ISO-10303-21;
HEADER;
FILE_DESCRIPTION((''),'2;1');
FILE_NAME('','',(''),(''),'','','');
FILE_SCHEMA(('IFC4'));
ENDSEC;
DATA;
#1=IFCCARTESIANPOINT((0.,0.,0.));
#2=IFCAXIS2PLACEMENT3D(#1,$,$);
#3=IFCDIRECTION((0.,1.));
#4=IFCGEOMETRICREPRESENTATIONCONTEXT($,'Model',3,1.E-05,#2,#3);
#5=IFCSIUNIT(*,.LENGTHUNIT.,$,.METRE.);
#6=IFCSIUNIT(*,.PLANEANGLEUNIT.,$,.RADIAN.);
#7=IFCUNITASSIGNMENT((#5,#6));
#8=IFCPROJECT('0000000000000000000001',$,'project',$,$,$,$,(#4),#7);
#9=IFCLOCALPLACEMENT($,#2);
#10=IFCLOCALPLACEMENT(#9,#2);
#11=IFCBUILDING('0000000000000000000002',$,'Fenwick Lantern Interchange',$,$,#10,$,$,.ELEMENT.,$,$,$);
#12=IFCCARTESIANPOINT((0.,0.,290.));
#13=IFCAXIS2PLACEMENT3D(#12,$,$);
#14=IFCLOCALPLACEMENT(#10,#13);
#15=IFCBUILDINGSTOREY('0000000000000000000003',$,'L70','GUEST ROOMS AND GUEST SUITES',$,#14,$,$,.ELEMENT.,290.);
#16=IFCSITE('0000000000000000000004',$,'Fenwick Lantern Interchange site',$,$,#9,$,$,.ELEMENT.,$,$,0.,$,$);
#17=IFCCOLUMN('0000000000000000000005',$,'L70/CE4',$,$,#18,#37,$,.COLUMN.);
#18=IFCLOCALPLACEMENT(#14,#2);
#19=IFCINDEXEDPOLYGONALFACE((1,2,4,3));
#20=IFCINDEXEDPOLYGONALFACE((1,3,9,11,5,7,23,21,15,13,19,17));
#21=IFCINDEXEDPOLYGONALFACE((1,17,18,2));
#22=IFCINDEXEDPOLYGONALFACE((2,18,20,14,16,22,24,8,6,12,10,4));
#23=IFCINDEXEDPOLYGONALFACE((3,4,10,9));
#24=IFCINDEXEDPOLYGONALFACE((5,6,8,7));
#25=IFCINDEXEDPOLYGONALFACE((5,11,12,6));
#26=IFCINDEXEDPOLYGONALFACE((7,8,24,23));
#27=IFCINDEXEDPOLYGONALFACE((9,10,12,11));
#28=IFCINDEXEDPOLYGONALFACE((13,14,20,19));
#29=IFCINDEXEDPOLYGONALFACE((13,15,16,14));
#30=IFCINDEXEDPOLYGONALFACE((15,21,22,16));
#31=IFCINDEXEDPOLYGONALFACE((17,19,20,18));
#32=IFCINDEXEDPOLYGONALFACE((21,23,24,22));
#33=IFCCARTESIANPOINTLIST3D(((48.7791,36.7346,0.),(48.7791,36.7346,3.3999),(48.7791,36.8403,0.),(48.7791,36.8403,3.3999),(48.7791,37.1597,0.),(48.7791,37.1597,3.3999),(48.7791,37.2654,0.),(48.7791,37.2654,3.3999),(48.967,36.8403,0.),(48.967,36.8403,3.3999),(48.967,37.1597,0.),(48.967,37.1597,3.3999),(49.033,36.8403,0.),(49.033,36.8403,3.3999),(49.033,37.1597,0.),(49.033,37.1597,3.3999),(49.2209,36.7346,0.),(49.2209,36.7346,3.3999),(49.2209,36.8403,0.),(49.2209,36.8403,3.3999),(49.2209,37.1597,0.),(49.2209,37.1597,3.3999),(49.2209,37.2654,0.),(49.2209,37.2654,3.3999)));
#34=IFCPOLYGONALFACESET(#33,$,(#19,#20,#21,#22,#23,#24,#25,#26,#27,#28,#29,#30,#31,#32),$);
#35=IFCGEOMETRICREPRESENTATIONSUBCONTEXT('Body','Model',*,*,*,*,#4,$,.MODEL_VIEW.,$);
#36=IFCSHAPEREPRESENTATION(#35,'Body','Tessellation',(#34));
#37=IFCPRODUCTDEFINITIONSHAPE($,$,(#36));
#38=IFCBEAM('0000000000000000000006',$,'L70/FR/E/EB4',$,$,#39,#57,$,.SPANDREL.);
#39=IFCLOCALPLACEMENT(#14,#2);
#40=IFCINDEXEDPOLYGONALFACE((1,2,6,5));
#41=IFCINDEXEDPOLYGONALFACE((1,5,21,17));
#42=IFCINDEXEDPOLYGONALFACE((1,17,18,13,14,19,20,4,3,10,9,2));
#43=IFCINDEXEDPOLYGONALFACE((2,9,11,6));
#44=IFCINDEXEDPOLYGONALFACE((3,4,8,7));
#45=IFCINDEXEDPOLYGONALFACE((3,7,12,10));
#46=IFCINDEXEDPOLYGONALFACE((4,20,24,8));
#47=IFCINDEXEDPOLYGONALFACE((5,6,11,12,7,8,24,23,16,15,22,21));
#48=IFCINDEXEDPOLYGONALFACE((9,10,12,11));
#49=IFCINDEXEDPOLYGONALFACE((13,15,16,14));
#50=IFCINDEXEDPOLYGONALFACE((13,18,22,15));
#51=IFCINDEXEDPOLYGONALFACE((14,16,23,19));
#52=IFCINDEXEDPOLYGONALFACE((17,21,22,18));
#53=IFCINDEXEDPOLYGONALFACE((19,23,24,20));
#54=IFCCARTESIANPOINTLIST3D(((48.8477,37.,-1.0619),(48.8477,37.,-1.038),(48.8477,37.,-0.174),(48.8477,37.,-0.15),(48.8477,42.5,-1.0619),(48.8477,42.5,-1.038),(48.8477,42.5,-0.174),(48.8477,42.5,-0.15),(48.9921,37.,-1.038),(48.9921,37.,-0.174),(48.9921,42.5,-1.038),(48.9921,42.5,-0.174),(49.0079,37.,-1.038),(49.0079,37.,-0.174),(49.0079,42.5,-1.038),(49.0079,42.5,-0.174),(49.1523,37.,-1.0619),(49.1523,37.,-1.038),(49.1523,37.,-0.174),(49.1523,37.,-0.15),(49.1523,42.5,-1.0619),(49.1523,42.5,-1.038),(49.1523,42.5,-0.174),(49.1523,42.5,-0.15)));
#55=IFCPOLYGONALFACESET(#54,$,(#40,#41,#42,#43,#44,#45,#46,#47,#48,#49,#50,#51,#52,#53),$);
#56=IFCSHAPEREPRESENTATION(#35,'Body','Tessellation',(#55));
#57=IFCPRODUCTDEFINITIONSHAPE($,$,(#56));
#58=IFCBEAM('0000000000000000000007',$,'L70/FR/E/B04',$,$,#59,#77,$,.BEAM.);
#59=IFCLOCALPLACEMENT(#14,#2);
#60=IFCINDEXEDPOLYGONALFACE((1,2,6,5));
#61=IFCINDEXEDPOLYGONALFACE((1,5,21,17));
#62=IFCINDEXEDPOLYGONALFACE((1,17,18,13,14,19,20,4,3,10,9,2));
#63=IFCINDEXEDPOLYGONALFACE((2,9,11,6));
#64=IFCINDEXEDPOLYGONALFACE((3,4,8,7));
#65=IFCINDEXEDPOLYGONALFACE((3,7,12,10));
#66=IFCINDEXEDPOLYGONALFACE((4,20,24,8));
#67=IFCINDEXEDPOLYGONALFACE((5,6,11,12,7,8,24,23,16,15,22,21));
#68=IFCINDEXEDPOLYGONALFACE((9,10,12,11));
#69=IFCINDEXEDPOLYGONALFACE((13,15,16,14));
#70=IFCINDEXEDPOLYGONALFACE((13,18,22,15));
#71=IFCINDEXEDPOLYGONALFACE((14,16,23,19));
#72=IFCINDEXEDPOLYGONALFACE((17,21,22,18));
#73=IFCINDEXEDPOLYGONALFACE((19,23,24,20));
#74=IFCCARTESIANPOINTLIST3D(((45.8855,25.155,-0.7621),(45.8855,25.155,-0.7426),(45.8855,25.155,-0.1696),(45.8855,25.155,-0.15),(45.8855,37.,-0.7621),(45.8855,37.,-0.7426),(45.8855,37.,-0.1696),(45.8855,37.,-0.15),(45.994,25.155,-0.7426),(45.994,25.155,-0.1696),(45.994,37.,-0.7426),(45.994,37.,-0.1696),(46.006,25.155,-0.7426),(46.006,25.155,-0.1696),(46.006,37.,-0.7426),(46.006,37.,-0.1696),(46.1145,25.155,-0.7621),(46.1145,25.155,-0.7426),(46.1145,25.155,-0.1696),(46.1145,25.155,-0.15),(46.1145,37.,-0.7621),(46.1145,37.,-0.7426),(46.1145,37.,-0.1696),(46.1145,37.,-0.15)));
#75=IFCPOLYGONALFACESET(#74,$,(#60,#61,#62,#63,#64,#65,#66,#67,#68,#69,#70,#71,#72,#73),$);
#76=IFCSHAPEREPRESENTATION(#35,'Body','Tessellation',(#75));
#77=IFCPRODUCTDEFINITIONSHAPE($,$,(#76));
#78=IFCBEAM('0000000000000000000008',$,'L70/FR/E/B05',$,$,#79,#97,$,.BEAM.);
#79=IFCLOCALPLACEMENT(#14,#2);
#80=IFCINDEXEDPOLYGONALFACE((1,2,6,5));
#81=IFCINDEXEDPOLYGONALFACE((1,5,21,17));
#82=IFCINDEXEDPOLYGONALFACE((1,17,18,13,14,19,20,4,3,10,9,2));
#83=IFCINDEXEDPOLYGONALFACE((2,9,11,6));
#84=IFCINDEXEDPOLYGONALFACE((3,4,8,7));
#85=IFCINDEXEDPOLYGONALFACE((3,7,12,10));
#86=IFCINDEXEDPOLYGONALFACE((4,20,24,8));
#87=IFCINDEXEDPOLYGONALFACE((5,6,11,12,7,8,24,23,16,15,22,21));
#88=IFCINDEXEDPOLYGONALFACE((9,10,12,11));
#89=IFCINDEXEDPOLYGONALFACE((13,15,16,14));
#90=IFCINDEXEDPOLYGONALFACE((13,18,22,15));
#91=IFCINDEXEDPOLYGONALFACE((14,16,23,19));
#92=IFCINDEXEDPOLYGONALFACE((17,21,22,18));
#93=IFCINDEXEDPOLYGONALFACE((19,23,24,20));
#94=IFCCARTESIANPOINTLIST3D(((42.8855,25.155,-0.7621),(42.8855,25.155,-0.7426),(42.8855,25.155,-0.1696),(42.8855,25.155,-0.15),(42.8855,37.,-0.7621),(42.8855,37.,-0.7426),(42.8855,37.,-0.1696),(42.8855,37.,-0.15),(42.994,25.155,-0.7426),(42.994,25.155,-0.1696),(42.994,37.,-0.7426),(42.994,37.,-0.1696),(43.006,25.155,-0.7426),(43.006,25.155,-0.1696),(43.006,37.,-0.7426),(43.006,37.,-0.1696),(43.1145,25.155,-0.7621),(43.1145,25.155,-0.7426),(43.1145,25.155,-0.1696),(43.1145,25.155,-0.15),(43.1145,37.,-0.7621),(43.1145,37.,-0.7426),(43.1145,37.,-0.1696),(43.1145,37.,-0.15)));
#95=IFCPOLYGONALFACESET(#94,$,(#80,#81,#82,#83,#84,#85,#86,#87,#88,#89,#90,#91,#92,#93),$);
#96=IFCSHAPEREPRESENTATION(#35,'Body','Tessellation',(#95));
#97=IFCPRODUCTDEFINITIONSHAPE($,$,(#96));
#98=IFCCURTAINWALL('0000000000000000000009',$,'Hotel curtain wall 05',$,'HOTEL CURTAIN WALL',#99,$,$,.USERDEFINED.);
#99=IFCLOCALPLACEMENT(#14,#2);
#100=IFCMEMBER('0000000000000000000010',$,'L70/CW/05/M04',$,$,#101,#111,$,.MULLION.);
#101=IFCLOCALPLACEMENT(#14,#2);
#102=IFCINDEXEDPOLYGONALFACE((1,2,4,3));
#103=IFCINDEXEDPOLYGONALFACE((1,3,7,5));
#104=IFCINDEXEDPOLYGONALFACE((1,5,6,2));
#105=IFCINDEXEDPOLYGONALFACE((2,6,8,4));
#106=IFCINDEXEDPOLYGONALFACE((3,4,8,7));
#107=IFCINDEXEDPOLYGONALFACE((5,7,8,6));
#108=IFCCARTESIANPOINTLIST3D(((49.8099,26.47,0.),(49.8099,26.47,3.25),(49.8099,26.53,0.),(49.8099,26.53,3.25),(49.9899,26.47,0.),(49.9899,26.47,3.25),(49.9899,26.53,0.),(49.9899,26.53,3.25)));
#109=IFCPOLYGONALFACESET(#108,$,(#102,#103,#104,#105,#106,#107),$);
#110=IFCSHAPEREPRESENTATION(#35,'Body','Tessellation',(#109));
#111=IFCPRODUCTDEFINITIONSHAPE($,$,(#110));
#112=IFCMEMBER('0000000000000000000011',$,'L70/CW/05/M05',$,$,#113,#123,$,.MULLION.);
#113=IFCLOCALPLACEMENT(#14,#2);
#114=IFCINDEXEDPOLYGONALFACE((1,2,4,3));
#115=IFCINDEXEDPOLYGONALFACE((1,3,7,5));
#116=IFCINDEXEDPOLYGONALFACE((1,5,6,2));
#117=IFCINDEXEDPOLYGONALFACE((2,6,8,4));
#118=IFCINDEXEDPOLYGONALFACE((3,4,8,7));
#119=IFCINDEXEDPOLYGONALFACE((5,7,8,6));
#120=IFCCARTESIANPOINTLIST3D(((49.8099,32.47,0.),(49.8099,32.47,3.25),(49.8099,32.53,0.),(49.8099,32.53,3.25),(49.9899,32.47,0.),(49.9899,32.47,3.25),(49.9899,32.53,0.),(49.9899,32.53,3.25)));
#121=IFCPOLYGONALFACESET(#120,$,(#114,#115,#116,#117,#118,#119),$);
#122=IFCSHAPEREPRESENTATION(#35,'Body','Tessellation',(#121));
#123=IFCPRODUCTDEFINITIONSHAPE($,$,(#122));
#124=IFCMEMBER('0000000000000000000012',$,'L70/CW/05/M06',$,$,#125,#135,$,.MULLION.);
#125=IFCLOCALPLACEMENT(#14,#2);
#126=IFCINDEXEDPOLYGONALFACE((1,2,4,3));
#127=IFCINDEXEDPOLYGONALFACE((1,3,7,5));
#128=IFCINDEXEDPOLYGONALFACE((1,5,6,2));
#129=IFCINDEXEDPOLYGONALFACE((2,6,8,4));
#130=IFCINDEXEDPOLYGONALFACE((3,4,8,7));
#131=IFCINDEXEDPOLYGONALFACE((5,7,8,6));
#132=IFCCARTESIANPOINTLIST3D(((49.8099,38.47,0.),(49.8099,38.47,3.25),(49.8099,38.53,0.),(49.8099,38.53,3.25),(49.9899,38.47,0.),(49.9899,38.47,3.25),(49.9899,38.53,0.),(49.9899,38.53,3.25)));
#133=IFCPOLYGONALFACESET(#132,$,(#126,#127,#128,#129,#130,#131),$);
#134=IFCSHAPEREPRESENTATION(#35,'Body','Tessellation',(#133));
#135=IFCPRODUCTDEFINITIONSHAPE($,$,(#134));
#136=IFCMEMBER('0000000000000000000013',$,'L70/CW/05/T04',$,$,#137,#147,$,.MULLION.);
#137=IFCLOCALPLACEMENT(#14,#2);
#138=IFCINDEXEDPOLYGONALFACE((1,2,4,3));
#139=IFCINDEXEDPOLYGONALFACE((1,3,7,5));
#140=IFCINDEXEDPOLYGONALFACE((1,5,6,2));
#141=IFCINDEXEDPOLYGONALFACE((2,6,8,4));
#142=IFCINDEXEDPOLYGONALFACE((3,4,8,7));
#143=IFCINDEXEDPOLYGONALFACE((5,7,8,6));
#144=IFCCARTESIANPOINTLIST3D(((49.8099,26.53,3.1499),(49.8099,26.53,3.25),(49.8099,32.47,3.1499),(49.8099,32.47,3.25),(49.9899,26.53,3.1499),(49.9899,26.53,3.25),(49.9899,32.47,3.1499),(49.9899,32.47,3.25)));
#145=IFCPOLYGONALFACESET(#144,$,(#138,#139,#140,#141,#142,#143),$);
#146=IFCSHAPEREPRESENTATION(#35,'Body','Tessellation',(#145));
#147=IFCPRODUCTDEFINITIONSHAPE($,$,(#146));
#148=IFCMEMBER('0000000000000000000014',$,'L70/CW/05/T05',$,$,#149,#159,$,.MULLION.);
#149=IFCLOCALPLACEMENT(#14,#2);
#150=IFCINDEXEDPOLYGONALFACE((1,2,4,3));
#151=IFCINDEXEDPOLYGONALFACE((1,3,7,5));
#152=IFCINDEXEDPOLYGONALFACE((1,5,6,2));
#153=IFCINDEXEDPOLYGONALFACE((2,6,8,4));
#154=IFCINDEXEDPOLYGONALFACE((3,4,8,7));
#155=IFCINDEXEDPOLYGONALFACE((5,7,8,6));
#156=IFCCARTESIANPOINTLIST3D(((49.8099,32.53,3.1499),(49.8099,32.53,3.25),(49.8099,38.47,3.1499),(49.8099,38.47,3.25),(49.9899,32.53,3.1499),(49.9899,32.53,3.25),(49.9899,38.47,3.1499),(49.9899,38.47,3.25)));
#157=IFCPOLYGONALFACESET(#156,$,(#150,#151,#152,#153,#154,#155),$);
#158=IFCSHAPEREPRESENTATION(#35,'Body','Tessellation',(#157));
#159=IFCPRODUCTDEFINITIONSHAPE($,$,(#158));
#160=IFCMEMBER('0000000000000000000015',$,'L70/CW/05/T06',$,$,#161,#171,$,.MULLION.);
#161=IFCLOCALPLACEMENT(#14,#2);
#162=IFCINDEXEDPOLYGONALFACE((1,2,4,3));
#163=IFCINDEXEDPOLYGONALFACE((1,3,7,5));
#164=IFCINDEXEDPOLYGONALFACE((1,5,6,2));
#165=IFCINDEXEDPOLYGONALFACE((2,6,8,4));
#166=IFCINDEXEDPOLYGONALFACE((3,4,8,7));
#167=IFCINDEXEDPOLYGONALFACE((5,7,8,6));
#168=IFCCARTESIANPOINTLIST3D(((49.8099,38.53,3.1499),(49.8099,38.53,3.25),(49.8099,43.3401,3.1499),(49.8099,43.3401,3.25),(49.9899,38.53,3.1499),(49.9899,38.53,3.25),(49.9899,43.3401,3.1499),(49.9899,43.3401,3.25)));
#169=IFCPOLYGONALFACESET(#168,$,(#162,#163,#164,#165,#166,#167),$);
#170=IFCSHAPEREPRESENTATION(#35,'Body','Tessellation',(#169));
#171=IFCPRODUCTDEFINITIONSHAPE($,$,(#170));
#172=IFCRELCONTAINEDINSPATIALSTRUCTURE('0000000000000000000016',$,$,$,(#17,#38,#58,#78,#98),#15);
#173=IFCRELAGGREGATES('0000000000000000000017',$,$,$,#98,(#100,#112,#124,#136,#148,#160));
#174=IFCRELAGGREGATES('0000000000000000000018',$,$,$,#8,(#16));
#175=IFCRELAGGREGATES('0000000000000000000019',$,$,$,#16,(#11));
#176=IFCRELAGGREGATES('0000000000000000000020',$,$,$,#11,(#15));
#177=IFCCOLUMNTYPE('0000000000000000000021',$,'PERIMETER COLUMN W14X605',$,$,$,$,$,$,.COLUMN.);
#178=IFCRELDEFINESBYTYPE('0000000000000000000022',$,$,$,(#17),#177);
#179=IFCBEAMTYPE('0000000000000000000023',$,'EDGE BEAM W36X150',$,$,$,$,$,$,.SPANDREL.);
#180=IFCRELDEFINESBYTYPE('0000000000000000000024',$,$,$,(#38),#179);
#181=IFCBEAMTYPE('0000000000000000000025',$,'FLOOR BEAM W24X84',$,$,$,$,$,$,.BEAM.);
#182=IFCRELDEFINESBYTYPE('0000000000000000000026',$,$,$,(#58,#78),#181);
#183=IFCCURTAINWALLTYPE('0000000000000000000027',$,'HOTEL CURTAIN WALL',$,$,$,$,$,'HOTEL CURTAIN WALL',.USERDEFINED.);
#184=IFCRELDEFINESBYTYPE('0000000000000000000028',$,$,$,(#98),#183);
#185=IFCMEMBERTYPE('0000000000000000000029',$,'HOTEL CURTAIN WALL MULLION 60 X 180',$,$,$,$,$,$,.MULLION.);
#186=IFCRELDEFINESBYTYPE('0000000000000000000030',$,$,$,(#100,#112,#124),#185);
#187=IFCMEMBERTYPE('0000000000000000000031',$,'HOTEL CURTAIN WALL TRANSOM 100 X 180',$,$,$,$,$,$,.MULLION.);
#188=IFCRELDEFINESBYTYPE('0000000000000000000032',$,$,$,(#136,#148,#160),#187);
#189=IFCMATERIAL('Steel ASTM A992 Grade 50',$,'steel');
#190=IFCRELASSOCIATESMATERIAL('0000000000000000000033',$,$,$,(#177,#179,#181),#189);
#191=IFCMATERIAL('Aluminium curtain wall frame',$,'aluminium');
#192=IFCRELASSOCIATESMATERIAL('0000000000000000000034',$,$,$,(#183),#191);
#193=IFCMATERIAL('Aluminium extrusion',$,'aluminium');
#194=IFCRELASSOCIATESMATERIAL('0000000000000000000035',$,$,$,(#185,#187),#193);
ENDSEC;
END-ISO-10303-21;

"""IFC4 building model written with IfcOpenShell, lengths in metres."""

from ifc_helpers import new_model, si_unit, direction, frame, origin, origin_2d, place, context, subcontext, project, spatial, rectangle, i_section, extrude, material, material_profile, profile_set, type_object, element, aggregate, save


model = new_model("IFC4")

# Units and contexts
model_context = context("Model", 3, precision=1e-05, world=origin(), true_north=direction((0.0, 1.0)))
body_context = subcontext(model_context, "Body", "Model", "MODEL_VIEW")
ifc_project = project(units=[si_unit("LENGTHUNIT", "METRE"), si_unit("PLANEANGLEUNIT", "RADIAN")], contexts=[model_context])

# Site, building, storey
site_placement = place(None, origin())
site = spatial("IfcSite", under=ifc_project, at=site_placement, Name="Fenwick Lantern Interchange site", CompositionType="ELEMENT", RefElevation=0.0)
building_placement = place(site_placement, origin())
building = spatial("IfcBuilding", under=site, at=building_placement, Name="Fenwick Lantern Interchange", CompositionType="ELEMENT")
storey_placement = place(building_placement, frame((0.0, 0.0, 290.0)))
storey = spatial("IfcBuildingStorey", under=building, at=storey_placement, Name="L70", Description="GUEST ROOMS AND GUEST SUITES", CompositionType="ELEMENT", Elevation=290.0)

# Column
ifc_material_1 = material(Name="Steel ASTM A992 Grade 50", Category="steel")
ifc_material_profile_1 = material_profile(ifc_material_1, i_section(OverallWidth=0.4419, OverallDepth=0.5308, WebThickness=0.0659, FlangeThickness=0.1057, at=origin_2d()), Name="W14X605")
ifc_profile_set_1 = profile_set([ifc_material_profile_1], Name="Steel ASTM A992 Grade 50")
column_type = type_object("IfcColumnType", Name="PERIMETER COLUMN W14X605", PredefinedType="COLUMN", material=ifc_profile_set_1)
column_placement = place(storey_placement, frame((49.0, 37.0, 0.0), z_axis=(0.0, 0.0, 1.0), x_axis=(1.0, 0.0, 0.0)))
element("IfcColumn", 1, at=column_placement, inside=storey, type_object=column_type, Name="L70/CE4", PredefinedType="COLUMN", context=body_context, shape_type="SweptSolid", body=[
    extrude(i_section(OverallWidth=0.4419, OverallDepth=0.5308, WebThickness=0.0659, FlangeThickness=0.1057, at=origin_2d()), origin(), (0.0, 0.0, 1.0), 3.3999),
])

# Beams
ifc_material_profile_2 = material_profile(ifc_material_1, i_section(OverallWidth=0.3047, OverallDepth=0.9119, WebThickness=0.0159, FlangeThickness=0.0239, at=origin_2d()), Name="W36X150")
ifc_profile_set_2 = profile_set([ifc_material_profile_2], Name="Steel ASTM A992 Grade 50")
beam_type_1 = type_object("IfcBeamType", Name="EDGE BEAM W36X150", PredefinedType="SPANDREL", material=ifc_profile_set_2)
beam_1_placement = place(storey_placement, frame((49.0, 37.0, -0.606), z_axis=(0.0, 1.0, 0.0), x_axis=(-1.0, 0.0, 0.0)))
element("IfcBeam", 2, at=beam_1_placement, inside=storey, type_object=beam_type_1, Name="L70/FR/E/EB4", PredefinedType="SPANDREL", context=body_context, shape_type="SweptSolid", body=[
    extrude(i_section(OverallWidth=0.3047, OverallDepth=0.9119, WebThickness=0.0159, FlangeThickness=0.0239, at=origin_2d()), origin(), (0.0, 0.0, 1.0), 5.5),
])
ifc_material_profile_3 = material_profile(ifc_material_1, i_section(OverallWidth=0.229, OverallDepth=0.6121, WebThickness=0.012, FlangeThickness=0.0195, at=origin_2d()), Name="W24X84")
ifc_profile_set_3 = profile_set([ifc_material_profile_3], Name="Steel ASTM A992 Grade 50")
beam_type_2 = type_object("IfcBeamType", Name="FLOOR BEAM W24X84", PredefinedType="BEAM", material=ifc_profile_set_3)
for number, where, z_axis, x_axis, name in (
    (3, (46.0, 25.155, -0.4561), (0.0, 1.0, 0.0), (-1.0, 0.0, 0.0), "L70/FR/E/B04"),
    (4, (43.0, 25.155, -0.4561), (0.0, 1.0, 0.0), (-1.0, 0.0, 0.0), "L70/FR/E/B05"),
):
    element("IfcBeam", number, at=place(storey_placement, frame(where, z_axis=z_axis, x_axis=x_axis)), inside=storey, type_object=beam_type_2, Name=name, PredefinedType="BEAM", context=body_context, shape_type="SweptSolid", body=[
        extrude(i_section(OverallWidth=0.229, OverallDepth=0.6121, WebThickness=0.012, FlangeThickness=0.0195, at=origin_2d()), origin(), (0.0, 0.0, 1.0), 11.845),
    ])

# Curtain wall, members
ifc_material_2 = material(Name="Aluminium curtain wall frame", Category="aluminium")
curtain_wall_type = type_object("IfcCurtainWallType", Name="HOTEL CURTAIN WALL", ElementType="HOTEL CURTAIN WALL", PredefinedType="USERDEFINED", material=ifc_material_2)
curtain_wall_placement = place(storey_placement, origin())
curtain_wall = element("IfcCurtainWall", 5, at=curtain_wall_placement, inside=storey, type_object=curtain_wall_type, Name="Hotel curtain wall 05", ObjectType="HOTEL CURTAIN WALL", PredefinedType="USERDEFINED")
ifc_material_3 = material(Name="Aluminium extrusion", Category="aluminium")
ifc_material_profile_4 = material_profile(ifc_material_3, rectangle(XDim=0.1799, YDim=0.0601, at=origin_2d()), Name="HOTEL CURTAIN WALL MULLION 60 X 180")
ifc_profile_set_4 = profile_set([ifc_material_profile_4], Name="Aluminium extrusion")
member_type_1 = type_object("IfcMemberType", Name="HOTEL CURTAIN WALL MULLION 60 X 180", PredefinedType="MULLION", material=ifc_profile_set_4)
member_1_placement = place(storey_placement, frame((49.8999, 26.5, 0.0), z_axis=(0.0, 0.0, 1.0), x_axis=(-1.0, 0.0, 0.0)))
member_1 = element("IfcMember", 6, at=member_1_placement, type_object=member_type_1, Name="L70/CW/05/M04", PredefinedType="MULLION", context=body_context, shape_type="SweptSolid", body=[
    extrude(rectangle(XDim=0.1799, YDim=0.0601, at=origin_2d()), origin(), (0.0, 0.0, 1.0), 3.25),
])
member_2_placement = place(storey_placement, frame((49.8999, 32.5, 0.0), z_axis=(0.0, 0.0, 1.0), x_axis=(-1.0, 0.0, 0.0)))
member_2 = element("IfcMember", 7, at=member_2_placement, type_object=member_type_1, Name="L70/CW/05/M05", PredefinedType="MULLION", context=body_context, shape_type="SweptSolid", body=[
    extrude(rectangle(XDim=0.1799, YDim=0.0601, at=origin_2d()), origin(), (0.0, 0.0, 1.0), 3.25),
])
member_3_placement = place(storey_placement, frame((49.8999, 38.5, 0.0), z_axis=(0.0, 0.0, 1.0), x_axis=(-1.0, 0.0, 0.0)))
member_3 = element("IfcMember", 8, at=member_3_placement, type_object=member_type_1, Name="L70/CW/05/M06", PredefinedType="MULLION", context=body_context, shape_type="SweptSolid", body=[
    extrude(rectangle(XDim=0.1799, YDim=0.0601, at=origin_2d()), origin(), (0.0, 0.0, 1.0), 3.25),
])
ifc_material_profile_5 = material_profile(ifc_material_3, rectangle(XDim=0.1799, YDim=0.1001, at=origin_2d()), Name="HOTEL CURTAIN WALL TRANSOM 100 X 180")
ifc_profile_set_5 = profile_set([ifc_material_profile_5], Name="Aluminium extrusion")
member_type_2 = type_object("IfcMemberType", Name="HOTEL CURTAIN WALL TRANSOM 100 X 180", PredefinedType="MULLION", material=ifc_profile_set_5)
member_4_placement = place(storey_placement, frame((49.8999, 26.53, 3.2), z_axis=(0.0, 1.0, 0.0), x_axis=(-1.0, 0.0, 0.0)))
member_4 = element("IfcMember", 9, at=member_4_placement, type_object=member_type_2, Name="L70/CW/05/T04", PredefinedType="MULLION", context=body_context, shape_type="SweptSolid", body=[
    extrude(rectangle(XDim=0.1799, YDim=0.1001, at=origin_2d()), origin(), (0.0, 0.0, 1.0), 5.9399),
])
member_5_placement = place(storey_placement, frame((49.8999, 32.53, 3.2), z_axis=(0.0, 1.0, 0.0), x_axis=(-1.0, 0.0, 0.0)))
member_5 = element("IfcMember", 10, at=member_5_placement, type_object=member_type_2, Name="L70/CW/05/T05", PredefinedType="MULLION", context=body_context, shape_type="SweptSolid", body=[
    extrude(rectangle(XDim=0.1799, YDim=0.1001, at=origin_2d()), origin(), (0.0, 0.0, 1.0), 5.9399),
])
member_6_placement = place(storey_placement, frame((49.8999, 38.53, 3.2), z_axis=(0.0, 1.0, 0.0), x_axis=(-1.0, 0.0, 0.0)))
member_6 = element("IfcMember", 11, at=member_6_placement, type_object=member_type_2, Name="L70/CW/05/T06", PredefinedType="MULLION", context=body_context, shape_type="SweptSolid", body=[
    extrude(rectangle(XDim=0.1799, YDim=0.1001, at=origin_2d()), origin(), (0.0, 0.0, 1.0), 4.8101),
])
aggregate(curtain_wall, [member_1, member_2, member_3, member_4, member_5, member_6])

save(model, "model.ifc")
